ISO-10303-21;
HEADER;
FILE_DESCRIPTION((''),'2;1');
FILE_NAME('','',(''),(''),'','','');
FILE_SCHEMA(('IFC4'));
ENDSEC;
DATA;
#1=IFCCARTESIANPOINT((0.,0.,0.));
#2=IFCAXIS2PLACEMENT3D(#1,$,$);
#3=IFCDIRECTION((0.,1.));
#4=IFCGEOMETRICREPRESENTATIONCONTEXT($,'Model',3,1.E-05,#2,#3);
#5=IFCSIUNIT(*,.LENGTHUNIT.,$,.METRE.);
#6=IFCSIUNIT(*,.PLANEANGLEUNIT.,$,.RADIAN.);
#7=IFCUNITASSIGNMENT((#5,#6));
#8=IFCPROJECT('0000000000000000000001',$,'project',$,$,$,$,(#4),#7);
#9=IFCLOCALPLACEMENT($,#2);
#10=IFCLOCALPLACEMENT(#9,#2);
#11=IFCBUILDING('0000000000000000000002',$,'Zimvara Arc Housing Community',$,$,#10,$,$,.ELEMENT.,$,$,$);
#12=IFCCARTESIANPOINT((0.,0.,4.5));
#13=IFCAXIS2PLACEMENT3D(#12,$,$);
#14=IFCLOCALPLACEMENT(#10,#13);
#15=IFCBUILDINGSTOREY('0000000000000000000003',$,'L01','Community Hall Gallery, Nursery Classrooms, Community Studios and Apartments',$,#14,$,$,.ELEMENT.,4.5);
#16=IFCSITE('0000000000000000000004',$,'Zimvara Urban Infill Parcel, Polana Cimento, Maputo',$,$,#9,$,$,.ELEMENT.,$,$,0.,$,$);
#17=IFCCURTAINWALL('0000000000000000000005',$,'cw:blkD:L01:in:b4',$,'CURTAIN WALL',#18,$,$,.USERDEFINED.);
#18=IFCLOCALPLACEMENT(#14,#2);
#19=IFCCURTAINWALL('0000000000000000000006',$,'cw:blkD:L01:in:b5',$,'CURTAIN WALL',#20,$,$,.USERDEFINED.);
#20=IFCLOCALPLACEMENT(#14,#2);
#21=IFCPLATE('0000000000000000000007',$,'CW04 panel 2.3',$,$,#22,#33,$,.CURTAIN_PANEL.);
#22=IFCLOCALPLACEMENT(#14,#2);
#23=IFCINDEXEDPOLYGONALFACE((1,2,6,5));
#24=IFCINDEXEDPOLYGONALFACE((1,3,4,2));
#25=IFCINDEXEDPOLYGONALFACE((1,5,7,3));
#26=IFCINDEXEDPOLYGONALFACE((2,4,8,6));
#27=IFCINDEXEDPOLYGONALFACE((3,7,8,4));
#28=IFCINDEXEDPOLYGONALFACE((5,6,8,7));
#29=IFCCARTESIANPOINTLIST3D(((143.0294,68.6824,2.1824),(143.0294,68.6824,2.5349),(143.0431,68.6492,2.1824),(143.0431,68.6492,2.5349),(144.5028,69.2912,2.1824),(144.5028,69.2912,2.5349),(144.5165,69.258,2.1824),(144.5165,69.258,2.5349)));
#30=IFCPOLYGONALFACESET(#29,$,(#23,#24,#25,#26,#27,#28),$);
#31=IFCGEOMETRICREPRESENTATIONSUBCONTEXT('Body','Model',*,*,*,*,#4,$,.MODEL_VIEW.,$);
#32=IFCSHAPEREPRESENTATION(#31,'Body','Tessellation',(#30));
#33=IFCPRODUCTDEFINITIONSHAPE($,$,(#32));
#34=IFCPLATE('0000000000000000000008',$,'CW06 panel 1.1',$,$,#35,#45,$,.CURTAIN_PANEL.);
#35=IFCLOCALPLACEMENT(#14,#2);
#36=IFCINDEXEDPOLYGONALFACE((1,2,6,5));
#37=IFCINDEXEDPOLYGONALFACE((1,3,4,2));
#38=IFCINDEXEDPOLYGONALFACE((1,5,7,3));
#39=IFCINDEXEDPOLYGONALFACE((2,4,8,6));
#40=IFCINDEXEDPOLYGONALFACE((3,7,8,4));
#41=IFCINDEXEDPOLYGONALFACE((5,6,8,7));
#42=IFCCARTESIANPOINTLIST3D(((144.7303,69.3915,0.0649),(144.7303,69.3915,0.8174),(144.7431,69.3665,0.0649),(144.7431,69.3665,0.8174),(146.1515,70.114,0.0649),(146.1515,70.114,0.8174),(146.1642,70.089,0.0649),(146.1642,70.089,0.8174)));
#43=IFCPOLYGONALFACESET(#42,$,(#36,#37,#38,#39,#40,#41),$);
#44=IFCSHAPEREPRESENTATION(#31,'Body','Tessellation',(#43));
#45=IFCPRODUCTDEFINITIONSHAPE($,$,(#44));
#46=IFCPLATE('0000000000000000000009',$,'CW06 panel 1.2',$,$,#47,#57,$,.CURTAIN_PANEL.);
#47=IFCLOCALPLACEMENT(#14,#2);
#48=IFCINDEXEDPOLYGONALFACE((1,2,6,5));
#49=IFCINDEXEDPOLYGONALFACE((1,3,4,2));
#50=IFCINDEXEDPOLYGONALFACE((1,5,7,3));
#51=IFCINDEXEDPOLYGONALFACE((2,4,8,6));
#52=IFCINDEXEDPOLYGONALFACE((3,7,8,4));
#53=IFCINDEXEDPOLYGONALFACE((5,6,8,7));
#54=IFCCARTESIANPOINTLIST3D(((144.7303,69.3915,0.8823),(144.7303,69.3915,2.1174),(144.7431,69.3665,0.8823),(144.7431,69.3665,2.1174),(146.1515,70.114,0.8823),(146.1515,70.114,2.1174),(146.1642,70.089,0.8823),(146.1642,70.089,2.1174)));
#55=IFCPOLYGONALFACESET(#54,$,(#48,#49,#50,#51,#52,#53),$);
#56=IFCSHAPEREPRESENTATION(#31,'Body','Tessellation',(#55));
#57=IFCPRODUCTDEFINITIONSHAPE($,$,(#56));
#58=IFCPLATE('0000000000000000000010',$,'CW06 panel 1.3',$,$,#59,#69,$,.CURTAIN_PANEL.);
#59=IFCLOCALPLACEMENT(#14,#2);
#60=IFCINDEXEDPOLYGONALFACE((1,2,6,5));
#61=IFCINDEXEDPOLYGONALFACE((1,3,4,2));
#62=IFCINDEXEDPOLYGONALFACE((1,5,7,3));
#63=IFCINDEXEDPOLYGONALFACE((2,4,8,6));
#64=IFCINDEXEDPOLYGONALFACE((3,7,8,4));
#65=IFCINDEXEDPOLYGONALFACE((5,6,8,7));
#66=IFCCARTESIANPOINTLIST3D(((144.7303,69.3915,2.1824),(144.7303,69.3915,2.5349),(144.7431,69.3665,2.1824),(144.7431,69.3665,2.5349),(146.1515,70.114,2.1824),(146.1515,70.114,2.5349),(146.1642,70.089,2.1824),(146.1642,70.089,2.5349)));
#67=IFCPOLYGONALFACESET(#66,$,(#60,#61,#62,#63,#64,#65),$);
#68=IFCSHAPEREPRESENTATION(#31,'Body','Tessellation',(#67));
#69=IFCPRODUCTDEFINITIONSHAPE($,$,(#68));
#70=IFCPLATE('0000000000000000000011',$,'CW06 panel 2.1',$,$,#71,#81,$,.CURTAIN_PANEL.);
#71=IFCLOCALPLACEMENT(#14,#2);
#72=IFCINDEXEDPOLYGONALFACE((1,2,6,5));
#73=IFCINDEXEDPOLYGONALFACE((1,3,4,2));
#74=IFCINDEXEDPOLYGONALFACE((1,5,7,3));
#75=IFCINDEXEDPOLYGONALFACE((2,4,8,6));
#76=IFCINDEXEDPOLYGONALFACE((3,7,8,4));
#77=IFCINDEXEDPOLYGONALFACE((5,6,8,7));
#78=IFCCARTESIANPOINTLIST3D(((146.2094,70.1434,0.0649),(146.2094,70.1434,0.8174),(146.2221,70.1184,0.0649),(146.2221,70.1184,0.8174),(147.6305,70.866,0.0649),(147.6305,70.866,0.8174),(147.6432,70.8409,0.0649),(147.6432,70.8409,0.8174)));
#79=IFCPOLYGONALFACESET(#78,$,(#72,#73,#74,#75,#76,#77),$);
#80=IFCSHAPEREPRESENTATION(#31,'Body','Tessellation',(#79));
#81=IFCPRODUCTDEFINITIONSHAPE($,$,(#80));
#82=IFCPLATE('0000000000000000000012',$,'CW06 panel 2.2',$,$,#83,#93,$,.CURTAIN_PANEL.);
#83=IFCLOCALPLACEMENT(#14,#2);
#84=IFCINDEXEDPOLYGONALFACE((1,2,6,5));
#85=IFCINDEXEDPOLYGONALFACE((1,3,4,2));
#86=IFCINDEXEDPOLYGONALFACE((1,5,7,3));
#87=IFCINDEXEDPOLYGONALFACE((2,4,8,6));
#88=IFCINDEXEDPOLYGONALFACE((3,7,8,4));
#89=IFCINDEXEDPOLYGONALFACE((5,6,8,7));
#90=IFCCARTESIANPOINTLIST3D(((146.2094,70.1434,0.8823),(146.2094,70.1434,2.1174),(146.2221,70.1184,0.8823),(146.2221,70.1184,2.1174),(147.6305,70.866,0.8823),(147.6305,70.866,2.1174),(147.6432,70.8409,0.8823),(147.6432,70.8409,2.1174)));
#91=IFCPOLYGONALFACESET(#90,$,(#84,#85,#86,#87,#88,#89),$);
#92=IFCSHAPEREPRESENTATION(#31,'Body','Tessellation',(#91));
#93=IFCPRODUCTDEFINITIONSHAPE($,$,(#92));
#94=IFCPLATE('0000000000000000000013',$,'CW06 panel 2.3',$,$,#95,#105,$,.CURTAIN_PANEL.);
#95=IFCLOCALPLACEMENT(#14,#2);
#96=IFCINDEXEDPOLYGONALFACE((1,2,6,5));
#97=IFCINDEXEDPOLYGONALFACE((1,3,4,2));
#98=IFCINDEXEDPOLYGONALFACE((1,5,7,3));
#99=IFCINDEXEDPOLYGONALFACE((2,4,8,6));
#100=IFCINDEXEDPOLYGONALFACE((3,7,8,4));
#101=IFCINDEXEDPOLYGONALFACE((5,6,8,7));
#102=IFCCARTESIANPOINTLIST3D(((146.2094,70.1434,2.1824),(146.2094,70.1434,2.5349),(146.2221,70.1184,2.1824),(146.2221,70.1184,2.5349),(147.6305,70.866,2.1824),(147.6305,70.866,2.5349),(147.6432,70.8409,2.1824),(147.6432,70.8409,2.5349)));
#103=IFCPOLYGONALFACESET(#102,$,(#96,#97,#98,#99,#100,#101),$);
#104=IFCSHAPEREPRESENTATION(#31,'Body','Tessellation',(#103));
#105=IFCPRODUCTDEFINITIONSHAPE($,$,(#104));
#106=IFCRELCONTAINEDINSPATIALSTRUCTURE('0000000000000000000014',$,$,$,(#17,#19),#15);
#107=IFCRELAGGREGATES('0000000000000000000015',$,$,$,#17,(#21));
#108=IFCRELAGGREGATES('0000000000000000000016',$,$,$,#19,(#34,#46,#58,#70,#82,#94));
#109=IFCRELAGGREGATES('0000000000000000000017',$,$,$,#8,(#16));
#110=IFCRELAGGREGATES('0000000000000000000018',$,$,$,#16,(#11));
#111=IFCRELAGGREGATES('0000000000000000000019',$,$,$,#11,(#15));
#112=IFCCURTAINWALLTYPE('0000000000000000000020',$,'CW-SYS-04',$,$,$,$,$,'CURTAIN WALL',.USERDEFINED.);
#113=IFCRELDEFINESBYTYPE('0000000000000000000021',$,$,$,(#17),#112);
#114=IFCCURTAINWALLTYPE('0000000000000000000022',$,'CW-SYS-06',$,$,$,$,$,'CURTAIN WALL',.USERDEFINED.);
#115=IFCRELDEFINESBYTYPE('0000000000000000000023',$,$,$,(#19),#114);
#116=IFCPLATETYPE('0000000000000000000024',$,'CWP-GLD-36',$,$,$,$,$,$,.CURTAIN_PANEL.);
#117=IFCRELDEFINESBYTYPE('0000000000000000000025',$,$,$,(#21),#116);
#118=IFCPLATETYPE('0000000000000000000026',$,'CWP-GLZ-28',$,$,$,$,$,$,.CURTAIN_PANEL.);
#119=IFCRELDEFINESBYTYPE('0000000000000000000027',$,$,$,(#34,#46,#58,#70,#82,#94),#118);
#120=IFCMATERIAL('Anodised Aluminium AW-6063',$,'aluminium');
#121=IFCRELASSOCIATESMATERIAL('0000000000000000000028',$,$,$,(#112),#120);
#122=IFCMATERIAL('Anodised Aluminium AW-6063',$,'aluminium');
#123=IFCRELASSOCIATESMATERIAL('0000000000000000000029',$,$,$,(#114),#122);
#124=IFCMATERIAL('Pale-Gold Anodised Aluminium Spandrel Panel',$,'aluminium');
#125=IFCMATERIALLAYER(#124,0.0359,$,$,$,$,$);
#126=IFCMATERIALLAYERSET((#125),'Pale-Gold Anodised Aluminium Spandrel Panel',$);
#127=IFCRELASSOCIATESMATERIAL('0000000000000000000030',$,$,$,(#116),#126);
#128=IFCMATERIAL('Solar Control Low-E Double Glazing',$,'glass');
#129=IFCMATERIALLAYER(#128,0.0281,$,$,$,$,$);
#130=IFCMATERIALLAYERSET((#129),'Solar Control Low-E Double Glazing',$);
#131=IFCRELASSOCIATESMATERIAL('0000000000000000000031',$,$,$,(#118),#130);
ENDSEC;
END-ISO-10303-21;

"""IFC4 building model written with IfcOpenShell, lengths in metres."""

from ifc_helpers import new_model, si_unit, direction, frame, origin, origin_2d, place, context, subcontext, project, spatial, rectangle, extrude, material, layer, layer_set, type_object, element, aggregate, save


model = new_model("IFC4")

# Units and contexts
model_context = context("Model", 3, precision=1e-05, world=origin(), true_north=direction((0.0, 1.0)))
body_context = subcontext(model_context, "Body", "Model", "MODEL_VIEW")
ifc_project = project(units=[si_unit("LENGTHUNIT", "METRE"), si_unit("PLANEANGLEUNIT", "RADIAN")], contexts=[model_context])

# Site, building, storey
site_placement = place(None, origin())
site = spatial("IfcSite", under=ifc_project, at=site_placement, Name="Zimvara Urban Infill Parcel, Polana Cimento, Maputo", CompositionType="ELEMENT", RefElevation=0.0)
building_placement = place(site_placement, origin())
building = spatial("IfcBuilding", under=site, at=building_placement, Name="Zimvara Arc Housing Community", CompositionType="ELEMENT")
storey_placement = place(building_placement, frame((0.0, 0.0, 4.5)))
storey = spatial("IfcBuildingStorey", under=building, at=storey_placement, Name="L01", Description="Community Hall Gallery, Nursery Classrooms, Community Studios and Apartments", CompositionType="ELEMENT", Elevation=4.5)

# Curtain wall
ifc_material_1 = material(Name="Anodised Aluminium AW-6063", Category="aluminium")
curtain_wall_type_1 = type_object("IfcCurtainWallType", Name="CW-SYS-04", ElementType="CURTAIN WALL", PredefinedType="USERDEFINED", material=ifc_material_1)
curtain_wall_1_placement = place(storey_placement, origin())
curtain_wall_1 = element("IfcCurtainWall", 1, at=curtain_wall_1_placement, inside=storey, type_object=curtain_wall_type_1, Name="cw:blkD:L01:in:b4", ObjectType="CURTAIN WALL", PredefinedType="USERDEFINED")

# Curtain wall
ifc_material_2 = material(Name="Anodised Aluminium AW-6063", Category="aluminium")
curtain_wall_type_2 = type_object("IfcCurtainWallType", Name="CW-SYS-06", ElementType="CURTAIN WALL", PredefinedType="USERDEFINED", material=ifc_material_2)
curtain_wall_2_placement = place(storey_placement, origin())
curtain_wall_2 = element("IfcCurtainWall", 2, at=curtain_wall_2_placement, inside=storey, type_object=curtain_wall_type_2, Name="cw:blkD:L01:in:b5", ObjectType="CURTAIN WALL", PredefinedType="USERDEFINED")

# Plates
ifc_material_3 = material(Name="Pale-Gold Anodised Aluminium Spandrel Panel", Category="aluminium")
ifc_layer_1 = layer(ifc_material_3, 0.0359)
ifc_layer_set_1 = layer_set([ifc_layer_1], Name="Pale-Gold Anodised Aluminium Spandrel Panel")
plate_type_1 = type_object("IfcPlateType", Name="CWP-GLD-36", PredefinedType="CURTAIN_PANEL", material=ifc_layer_set_1)
plate_1_placement = place(storey_placement, frame((143.7729, 68.9702, 2.1824), z_axis=(0.0, 0.0, 1.0), x_axis=(0.924213, 0.381877, 0.0)))
plate_1 = element("IfcPlate", 3, at=plate_1_placement, type_object=plate_type_1, Name="CW04 panel 2.3", PredefinedType="CURTAIN_PANEL", context=body_context, shape_type="SweptSolid", body=[
    extrude(rectangle(XDim=1.5942, YDim=0.0359, at=origin_2d()), origin(), (0.0, 0.0, 1.0), 0.3525),
])
aggregate(curtain_wall_1, [plate_1])
ifc_material_4 = material(Name="Solar Control Low-E Double Glazing", Category="glass")
ifc_layer_2 = layer(ifc_material_4, 0.0281)
ifc_layer_set_2 = layer_set([ifc_layer_2], Name="Solar Control Low-E Double Glazing")
plate_type_2 = type_object("IfcPlateType", Name="CWP-GLZ-28", PredefinedType="CURTAIN_PANEL", material=ifc_layer_set_2)
plate_2_placement = place(storey_placement, frame((145.4473, 69.7402, 0.0649), z_axis=(0.0, 0.0, 1.0), x_axis=(0.891403, 0.453211, 0.0)))
plate_2 = element("IfcPlate", 4, at=plate_2_placement, type_object=plate_type_2, Name="CW06 panel 1.1", PredefinedType="CURTAIN_PANEL", context=body_context, shape_type="SweptSolid", body=[
    extrude(rectangle(XDim=1.5942, YDim=0.0281, at=origin_2d()), origin(), (0.0, 0.0, 1.0), 0.7524),
])
plate_3_placement = place(storey_placement, frame((145.4473, 69.7402, 0.8823), z_axis=(0.0, 0.0, 1.0), x_axis=(0.891403, 0.453211, 0.0)))
plate_3 = element("IfcPlate", 5, at=plate_3_placement, type_object=plate_type_2, Name="CW06 panel 1.2", PredefinedType="CURTAIN_PANEL", context=body_context, shape_type="SweptSolid", body=[
    extrude(rectangle(XDim=1.5942, YDim=0.0281, at=origin_2d()), origin(), (0.0, 0.0, 1.0), 1.2351),
])
plate_4_placement = place(storey_placement, frame((145.4473, 69.7402, 2.1824), z_axis=(0.0, 0.0, 1.0), x_axis=(0.891403, 0.453211, 0.0)))
plate_4 = element("IfcPlate", 6, at=plate_4_placement, type_object=plate_type_2, Name="CW06 panel 1.3", PredefinedType="CURTAIN_PANEL", context=body_context, shape_type="SweptSolid", body=[
    extrude(rectangle(XDim=1.5942, YDim=0.0281, at=origin_2d()), origin(), (0.0, 0.0, 1.0), 0.3525),
])
plate_5_placement = place(storey_placement, frame((146.9263, 70.4922, 0.0649), z_axis=(0.0, 0.0, 1.0), x_axis=(0.891403, 0.453211, 0.0)))
plate_5 = element("IfcPlate", 7, at=plate_5_placement, type_object=plate_type_2, Name="CW06 panel 2.1", PredefinedType="CURTAIN_PANEL", context=body_context, shape_type="SweptSolid", body=[
    extrude(rectangle(XDim=1.5942, YDim=0.0281, at=origin_2d()), origin(), (0.0, 0.0, 1.0), 0.7524),
])
plate_6_placement = place(storey_placement, frame((146.9263, 70.4922, 0.8823), z_axis=(0.0, 0.0, 1.0), x_axis=(0.891403, 0.453211, 0.0)))
plate_6 = element("IfcPlate", 8, at=plate_6_placement, type_object=plate_type_2, Name="CW06 panel 2.2", PredefinedType="CURTAIN_PANEL", context=body_context, shape_type="SweptSolid", body=[
    extrude(rectangle(XDim=1.5942, YDim=0.0281, at=origin_2d()), origin(), (0.0, 0.0, 1.0), 1.2351),
])
plate_7_placement = place(storey_placement, frame((146.9263, 70.4922, 2.1824), z_axis=(0.0, 0.0, 1.0), x_axis=(0.891403, 0.453211, 0.0)))
plate_7 = element("IfcPlate", 9, at=plate_7_placement, type_object=plate_type_2, Name="CW06 panel 2.3", PredefinedType="CURTAIN_PANEL", context=body_context, shape_type="SweptSolid", body=[
    extrude(rectangle(XDim=1.5942, YDim=0.0281, at=origin_2d()), origin(), (0.0, 0.0, 1.0), 0.3525),
])
aggregate(curtain_wall_2, [plate_2, plate_3, plate_4, plate_5, plate_6, plate_7])

save(model, "model.ifc")
